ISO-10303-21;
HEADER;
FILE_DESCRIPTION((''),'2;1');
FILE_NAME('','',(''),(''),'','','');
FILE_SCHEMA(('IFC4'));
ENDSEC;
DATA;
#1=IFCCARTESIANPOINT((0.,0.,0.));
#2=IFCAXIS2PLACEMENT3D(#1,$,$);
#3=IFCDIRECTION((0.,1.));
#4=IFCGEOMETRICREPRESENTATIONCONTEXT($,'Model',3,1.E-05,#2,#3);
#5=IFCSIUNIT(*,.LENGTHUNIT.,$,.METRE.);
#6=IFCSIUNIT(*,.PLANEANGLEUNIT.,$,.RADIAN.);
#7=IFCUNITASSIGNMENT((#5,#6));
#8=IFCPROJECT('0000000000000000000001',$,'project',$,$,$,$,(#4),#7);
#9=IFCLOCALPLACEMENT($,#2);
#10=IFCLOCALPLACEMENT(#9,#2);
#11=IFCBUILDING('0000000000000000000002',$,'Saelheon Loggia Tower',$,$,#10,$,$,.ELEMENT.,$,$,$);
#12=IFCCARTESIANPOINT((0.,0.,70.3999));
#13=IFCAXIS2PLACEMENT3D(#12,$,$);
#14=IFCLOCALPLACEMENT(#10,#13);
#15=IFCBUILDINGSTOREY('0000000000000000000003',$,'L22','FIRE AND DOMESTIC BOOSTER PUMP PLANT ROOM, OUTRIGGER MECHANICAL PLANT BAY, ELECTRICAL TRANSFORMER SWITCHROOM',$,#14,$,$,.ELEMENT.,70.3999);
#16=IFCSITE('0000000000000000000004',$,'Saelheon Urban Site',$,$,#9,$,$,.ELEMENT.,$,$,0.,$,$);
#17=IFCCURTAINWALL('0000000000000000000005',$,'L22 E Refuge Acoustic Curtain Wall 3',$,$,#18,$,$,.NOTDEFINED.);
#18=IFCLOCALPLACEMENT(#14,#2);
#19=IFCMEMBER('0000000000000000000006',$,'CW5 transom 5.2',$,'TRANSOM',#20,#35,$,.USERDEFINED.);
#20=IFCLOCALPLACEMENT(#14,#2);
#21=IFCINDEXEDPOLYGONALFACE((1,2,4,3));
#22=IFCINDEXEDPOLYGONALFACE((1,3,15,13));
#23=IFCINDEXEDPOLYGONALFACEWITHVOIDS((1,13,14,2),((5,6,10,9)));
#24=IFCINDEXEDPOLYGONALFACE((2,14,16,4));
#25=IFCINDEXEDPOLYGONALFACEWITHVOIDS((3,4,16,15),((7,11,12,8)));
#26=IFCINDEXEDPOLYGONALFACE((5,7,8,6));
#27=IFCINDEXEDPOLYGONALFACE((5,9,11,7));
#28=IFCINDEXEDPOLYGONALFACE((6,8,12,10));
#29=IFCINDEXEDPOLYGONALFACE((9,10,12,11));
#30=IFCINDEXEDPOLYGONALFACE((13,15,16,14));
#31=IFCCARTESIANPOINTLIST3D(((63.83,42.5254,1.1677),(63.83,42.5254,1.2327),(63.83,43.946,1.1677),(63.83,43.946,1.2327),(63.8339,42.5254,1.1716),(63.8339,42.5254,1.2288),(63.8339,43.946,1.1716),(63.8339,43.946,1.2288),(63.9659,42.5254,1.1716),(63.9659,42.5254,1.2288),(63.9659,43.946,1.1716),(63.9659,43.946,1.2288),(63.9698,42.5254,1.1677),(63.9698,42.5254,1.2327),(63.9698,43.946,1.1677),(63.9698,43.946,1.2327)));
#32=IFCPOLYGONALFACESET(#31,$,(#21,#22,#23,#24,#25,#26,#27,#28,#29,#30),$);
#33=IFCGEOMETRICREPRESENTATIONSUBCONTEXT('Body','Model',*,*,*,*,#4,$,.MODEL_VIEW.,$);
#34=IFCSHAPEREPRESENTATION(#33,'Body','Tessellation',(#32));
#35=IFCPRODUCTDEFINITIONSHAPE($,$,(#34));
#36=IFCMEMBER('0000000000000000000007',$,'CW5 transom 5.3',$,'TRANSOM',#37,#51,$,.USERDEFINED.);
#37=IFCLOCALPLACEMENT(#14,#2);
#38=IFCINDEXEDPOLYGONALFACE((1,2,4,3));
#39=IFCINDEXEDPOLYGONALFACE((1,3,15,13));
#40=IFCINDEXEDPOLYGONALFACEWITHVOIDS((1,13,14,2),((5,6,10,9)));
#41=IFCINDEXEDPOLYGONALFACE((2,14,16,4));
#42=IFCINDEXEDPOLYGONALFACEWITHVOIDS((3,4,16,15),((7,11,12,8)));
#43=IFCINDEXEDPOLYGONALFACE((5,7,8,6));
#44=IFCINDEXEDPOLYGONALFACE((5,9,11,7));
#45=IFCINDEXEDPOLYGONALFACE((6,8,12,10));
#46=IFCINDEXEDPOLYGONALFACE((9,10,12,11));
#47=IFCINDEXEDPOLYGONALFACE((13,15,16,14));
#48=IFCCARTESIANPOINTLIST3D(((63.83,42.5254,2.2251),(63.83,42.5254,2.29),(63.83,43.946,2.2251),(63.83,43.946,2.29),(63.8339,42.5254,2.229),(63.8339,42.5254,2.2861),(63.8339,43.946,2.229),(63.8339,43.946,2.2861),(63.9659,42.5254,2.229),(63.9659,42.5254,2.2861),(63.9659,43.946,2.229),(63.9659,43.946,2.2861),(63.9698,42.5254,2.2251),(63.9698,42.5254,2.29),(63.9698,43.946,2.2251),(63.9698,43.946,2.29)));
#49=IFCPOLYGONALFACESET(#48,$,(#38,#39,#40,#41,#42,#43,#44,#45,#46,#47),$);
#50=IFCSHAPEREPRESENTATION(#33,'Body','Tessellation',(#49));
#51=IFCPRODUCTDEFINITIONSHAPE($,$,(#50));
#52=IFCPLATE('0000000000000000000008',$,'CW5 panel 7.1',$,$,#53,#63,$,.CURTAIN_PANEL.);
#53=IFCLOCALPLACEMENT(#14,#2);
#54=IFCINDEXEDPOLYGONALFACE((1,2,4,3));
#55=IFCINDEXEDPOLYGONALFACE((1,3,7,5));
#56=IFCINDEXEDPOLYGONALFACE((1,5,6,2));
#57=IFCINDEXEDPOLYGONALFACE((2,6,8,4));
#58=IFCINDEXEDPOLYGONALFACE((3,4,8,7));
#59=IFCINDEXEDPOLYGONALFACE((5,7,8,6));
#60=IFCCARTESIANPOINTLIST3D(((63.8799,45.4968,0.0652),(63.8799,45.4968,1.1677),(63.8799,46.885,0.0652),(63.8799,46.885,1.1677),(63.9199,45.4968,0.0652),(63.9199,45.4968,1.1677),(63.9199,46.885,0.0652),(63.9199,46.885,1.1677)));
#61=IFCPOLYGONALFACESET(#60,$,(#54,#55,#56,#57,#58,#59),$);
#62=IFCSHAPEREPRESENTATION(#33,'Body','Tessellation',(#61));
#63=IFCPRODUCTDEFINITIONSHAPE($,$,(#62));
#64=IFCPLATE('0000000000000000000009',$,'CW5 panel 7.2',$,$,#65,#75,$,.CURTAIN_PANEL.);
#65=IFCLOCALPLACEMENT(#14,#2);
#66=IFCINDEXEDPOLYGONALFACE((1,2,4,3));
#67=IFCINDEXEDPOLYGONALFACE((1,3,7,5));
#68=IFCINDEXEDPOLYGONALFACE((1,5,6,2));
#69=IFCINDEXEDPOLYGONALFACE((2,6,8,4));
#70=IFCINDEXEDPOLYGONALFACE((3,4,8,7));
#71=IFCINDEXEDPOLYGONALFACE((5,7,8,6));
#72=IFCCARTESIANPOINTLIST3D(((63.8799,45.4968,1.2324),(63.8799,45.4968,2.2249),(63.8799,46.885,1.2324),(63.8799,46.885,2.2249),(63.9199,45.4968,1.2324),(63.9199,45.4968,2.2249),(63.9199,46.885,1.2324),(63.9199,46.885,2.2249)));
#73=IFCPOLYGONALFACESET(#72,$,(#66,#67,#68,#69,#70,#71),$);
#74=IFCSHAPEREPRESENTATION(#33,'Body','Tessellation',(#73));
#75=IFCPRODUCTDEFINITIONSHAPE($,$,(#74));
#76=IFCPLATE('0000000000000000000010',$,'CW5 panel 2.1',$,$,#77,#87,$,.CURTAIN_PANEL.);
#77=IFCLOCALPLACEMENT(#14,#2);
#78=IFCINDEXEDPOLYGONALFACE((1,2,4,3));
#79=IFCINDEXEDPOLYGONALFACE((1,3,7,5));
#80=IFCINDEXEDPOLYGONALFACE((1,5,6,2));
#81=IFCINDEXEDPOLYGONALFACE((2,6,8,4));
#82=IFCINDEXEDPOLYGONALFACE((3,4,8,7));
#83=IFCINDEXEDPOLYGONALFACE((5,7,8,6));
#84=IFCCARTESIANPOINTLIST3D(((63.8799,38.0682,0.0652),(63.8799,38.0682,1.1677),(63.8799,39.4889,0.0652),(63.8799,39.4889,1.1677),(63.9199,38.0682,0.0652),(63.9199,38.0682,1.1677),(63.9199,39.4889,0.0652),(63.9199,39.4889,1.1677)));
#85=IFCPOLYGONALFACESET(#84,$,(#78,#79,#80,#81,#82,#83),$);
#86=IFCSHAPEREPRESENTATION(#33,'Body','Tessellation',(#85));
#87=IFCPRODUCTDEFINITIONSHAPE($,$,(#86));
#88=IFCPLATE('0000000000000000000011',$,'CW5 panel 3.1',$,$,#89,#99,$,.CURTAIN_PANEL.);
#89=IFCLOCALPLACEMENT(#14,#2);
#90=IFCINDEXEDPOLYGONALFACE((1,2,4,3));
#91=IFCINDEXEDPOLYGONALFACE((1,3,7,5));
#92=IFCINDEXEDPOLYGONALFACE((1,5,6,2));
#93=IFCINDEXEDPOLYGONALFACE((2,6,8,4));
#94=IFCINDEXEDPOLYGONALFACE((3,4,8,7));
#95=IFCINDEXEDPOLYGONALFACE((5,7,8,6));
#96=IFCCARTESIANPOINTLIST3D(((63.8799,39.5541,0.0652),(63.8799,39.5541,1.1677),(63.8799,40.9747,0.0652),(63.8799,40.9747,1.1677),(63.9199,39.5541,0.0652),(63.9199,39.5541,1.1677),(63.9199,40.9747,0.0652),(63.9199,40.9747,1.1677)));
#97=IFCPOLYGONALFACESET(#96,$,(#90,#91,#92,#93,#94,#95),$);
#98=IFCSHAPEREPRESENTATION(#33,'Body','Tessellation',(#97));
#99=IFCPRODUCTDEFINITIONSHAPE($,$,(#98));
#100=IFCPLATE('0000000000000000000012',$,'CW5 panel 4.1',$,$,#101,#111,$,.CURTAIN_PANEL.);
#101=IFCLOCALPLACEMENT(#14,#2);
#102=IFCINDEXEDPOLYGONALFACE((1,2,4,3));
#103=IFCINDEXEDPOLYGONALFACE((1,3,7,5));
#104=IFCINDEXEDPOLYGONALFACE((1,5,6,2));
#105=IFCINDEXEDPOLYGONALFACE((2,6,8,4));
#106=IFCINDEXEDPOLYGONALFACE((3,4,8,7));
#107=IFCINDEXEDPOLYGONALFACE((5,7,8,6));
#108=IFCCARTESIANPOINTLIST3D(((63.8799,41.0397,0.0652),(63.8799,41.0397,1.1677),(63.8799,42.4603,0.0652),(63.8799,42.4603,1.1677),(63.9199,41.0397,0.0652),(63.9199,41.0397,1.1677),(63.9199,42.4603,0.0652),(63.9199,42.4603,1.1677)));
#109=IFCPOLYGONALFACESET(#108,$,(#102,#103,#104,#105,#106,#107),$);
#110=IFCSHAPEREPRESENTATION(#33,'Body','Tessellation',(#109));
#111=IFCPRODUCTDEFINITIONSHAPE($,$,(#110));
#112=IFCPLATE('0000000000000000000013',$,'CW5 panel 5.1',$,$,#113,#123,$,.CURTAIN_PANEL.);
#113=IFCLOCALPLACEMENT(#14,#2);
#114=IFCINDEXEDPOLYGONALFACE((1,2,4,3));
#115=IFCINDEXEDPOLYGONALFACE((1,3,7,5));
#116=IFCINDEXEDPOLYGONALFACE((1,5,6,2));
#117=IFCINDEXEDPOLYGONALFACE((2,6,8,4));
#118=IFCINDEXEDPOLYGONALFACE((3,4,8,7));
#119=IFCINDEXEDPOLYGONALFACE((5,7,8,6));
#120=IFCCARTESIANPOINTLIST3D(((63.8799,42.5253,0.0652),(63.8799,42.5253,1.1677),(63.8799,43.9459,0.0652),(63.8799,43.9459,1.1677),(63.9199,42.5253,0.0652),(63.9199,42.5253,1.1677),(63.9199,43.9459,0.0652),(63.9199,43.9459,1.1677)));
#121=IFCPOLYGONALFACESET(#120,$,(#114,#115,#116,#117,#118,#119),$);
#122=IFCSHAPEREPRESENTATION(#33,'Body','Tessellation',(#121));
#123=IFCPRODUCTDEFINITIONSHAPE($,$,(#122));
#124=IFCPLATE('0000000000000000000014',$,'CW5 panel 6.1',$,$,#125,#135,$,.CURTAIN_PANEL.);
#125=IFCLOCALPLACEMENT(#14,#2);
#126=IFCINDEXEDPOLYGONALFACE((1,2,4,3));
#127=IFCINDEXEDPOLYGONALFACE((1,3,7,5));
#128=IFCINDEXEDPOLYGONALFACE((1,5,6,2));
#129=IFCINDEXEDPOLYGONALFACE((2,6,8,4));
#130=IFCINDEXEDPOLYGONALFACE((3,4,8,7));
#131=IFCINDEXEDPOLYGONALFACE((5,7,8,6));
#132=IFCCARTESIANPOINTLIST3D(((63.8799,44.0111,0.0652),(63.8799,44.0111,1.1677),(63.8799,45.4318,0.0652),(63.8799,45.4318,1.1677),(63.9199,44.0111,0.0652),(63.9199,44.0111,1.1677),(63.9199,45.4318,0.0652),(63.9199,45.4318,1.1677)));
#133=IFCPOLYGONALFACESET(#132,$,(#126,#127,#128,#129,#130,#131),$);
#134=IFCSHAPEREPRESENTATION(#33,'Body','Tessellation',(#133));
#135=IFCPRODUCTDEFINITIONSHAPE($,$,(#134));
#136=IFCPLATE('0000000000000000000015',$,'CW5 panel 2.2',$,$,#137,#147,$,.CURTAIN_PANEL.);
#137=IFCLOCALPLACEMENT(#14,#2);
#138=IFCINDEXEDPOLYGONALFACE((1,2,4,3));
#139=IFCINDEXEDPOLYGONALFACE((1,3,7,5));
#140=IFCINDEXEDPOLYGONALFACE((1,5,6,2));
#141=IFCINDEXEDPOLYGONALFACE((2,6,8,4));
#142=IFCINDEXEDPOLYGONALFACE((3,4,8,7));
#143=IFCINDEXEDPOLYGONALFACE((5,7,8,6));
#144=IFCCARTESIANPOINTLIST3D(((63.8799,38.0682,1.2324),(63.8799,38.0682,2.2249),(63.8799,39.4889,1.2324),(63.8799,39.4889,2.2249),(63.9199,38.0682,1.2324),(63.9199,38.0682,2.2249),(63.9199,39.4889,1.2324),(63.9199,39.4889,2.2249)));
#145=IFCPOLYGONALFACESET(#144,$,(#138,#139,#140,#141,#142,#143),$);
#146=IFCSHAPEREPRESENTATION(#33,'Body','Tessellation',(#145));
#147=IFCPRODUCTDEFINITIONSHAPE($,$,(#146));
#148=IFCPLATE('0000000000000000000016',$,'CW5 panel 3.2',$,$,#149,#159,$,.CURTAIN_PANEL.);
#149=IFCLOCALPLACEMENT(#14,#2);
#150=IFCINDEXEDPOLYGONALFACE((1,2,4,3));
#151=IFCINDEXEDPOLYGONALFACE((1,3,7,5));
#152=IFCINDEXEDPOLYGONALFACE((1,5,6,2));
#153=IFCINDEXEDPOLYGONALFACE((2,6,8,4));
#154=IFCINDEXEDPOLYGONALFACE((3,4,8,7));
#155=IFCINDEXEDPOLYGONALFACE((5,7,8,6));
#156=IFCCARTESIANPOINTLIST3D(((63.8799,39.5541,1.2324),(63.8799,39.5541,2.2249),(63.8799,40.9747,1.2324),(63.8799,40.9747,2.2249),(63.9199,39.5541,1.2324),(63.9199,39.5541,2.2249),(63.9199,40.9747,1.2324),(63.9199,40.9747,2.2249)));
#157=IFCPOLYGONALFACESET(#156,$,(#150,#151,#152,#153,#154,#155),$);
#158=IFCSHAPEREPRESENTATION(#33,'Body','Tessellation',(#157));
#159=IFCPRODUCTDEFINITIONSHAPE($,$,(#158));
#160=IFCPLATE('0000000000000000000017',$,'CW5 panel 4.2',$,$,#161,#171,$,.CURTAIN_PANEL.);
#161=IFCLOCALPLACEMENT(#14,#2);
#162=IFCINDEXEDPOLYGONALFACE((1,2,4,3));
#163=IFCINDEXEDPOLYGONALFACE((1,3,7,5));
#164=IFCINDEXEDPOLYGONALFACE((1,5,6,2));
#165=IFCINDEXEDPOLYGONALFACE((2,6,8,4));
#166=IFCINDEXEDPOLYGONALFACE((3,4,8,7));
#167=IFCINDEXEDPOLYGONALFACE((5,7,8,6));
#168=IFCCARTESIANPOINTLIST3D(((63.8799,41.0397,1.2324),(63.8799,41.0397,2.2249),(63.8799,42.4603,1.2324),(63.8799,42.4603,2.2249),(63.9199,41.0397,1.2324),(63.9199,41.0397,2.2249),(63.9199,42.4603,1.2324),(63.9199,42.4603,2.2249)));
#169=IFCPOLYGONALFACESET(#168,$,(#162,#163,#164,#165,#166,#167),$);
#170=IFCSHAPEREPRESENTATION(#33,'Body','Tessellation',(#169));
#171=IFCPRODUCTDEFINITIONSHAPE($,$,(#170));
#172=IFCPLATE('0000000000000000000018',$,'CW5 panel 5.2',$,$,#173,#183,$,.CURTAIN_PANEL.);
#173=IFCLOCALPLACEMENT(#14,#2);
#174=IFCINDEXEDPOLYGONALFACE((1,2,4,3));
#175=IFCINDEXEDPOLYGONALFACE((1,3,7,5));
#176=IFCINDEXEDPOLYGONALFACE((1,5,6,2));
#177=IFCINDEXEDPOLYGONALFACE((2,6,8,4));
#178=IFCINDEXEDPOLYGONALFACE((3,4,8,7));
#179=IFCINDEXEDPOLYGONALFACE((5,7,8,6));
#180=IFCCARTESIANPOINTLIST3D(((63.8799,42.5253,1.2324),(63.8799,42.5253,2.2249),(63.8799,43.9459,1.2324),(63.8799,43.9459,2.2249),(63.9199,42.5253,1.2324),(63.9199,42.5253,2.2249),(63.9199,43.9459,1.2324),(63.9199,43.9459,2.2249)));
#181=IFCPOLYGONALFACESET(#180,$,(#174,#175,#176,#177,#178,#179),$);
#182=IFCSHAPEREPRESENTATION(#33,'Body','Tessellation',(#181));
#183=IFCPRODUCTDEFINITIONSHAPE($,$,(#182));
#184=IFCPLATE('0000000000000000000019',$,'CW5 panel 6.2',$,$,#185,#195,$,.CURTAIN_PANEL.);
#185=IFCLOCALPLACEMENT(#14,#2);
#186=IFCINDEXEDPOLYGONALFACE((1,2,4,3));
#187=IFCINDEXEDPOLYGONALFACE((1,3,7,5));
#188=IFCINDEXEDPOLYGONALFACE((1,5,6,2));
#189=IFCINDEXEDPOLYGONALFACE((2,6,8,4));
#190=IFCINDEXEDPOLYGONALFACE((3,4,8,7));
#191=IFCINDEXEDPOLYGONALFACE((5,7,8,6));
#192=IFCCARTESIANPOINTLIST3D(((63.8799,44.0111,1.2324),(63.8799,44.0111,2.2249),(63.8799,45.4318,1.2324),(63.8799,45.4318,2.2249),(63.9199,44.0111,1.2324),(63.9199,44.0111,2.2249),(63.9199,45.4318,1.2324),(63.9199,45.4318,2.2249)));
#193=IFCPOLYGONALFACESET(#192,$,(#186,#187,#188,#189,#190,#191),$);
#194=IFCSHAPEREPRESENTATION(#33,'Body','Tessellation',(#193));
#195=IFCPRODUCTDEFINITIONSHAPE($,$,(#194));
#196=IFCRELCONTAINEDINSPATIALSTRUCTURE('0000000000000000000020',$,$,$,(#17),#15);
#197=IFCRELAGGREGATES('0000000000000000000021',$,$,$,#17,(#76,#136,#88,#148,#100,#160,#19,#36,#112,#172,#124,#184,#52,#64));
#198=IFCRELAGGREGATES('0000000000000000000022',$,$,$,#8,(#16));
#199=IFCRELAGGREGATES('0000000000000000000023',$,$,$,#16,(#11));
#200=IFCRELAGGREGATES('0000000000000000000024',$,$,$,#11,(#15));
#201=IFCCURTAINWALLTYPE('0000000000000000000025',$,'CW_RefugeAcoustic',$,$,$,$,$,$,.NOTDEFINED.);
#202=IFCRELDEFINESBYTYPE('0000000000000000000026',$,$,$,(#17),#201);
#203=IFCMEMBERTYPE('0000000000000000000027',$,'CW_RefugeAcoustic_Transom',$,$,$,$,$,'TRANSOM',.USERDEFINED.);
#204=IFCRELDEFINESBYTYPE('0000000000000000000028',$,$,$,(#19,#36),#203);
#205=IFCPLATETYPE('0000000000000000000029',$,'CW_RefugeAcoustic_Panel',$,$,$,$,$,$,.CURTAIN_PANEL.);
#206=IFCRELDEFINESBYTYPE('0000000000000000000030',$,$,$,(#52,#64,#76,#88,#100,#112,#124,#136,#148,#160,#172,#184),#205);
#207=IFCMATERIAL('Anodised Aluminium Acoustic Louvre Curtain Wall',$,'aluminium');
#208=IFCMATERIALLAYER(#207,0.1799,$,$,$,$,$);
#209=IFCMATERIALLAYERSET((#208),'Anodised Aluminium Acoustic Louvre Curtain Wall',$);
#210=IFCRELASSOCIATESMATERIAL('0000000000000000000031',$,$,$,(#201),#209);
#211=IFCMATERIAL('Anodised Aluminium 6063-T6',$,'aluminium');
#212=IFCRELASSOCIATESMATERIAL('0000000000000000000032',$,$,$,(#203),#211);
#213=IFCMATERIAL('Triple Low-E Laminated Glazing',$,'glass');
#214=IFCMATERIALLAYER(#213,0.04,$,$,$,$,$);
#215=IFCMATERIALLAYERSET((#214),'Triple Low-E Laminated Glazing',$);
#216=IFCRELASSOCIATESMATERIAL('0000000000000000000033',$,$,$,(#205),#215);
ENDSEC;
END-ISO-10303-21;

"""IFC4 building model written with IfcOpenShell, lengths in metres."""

from ifc_helpers import new_model, si_unit, direction, frame, origin, origin_2d, place, context, subcontext, project, spatial, rectangle, hollow_rectangle, extrude, source, transform, mapped, material, layer, layer_set, material_profile, profile_set, type_object, element, aggregate, save


model = new_model("IFC4")

# Units and contexts
model_context = context("Model", 3, precision=1e-05, world=origin(), true_north=direction((0.0, 1.0)))
body_context = subcontext(model_context, "Body", "Model", "MODEL_VIEW")
ifc_project = project(units=[si_unit("LENGTHUNIT", "METRE"), si_unit("PLANEANGLEUNIT", "RADIAN")], contexts=[model_context])

# Site, building, storey
site_placement = place(None, origin())
site = spatial("IfcSite", under=ifc_project, at=site_placement, Name="Saelheon Urban Site", CompositionType="ELEMENT", RefElevation=0.0)
building_placement = place(site_placement, origin())
building = spatial("IfcBuilding", under=site, at=building_placement, Name="Saelheon Loggia Tower", CompositionType="ELEMENT")
storey_placement = place(building_placement, frame((0.0, 0.0, 70.3999)))
storey = spatial("IfcBuildingStorey", under=building, at=storey_placement, Name="L22", Description="FIRE AND DOMESTIC BOOSTER PUMP PLANT ROOM, OUTRIGGER MECHANICAL PLANT BAY, ELECTRICAL TRANSFORMER SWITCHROOM", CompositionType="ELEMENT", Elevation=70.3999)

# Curtain wall, members, plates
ifc_material_1 = material(Name="Anodised Aluminium Acoustic Louvre Curtain Wall", Category="aluminium")
ifc_layer_1 = layer(ifc_material_1, 0.1799)
ifc_layer_set_1 = layer_set([ifc_layer_1], Name="Anodised Aluminium Acoustic Louvre Curtain Wall")
curtain_wall_type = type_object("IfcCurtainWallType", Name="CW_RefugeAcoustic", PredefinedType="NOTDEFINED", material=ifc_layer_set_1)
curtain_wall_placement = place(storey_placement, origin())
curtain_wall = element("IfcCurtainWall", 1, at=curtain_wall_placement, inside=storey, type_object=curtain_wall_type, Name="L22 E Refuge Acoustic Curtain Wall 3", PredefinedType="NOTDEFINED")
ifc_material_2 = material(Name="Anodised Aluminium 6063-T6", Category="aluminium")
ifc_material_profile_1 = material_profile(ifc_material_2, hollow_rectangle(XDim=0.0649, YDim=0.1399, WallThickness=0.0039, at=origin_2d()), Name="RHS-140x65x4")
ifc_profile_set_1 = profile_set([ifc_material_profile_1], Name="Anodised Aluminium 6063-T6")
member_type_1 = type_object("IfcMemberType", Name="CW_RefugeAcoustic_Transom", ElementType="TRANSOM", PredefinedType="USERDEFINED", material=ifc_profile_set_1)
shared_shape_1 = source(origin(), body_context, "Body", "SweptSolid", [
    extrude(hollow_rectangle(XDim=0.0649, YDim=0.1399, WallThickness=0.0039, at=origin_2d()), origin(), (0.0, 0.0, 1.0), 1.4207),
])
member_1_placement = place(storey_placement, frame((63.8999, 42.5254, 1.2002), z_axis=(0.0, 1.0, 0.0), x_axis=(0.0, 0.0, 1.0)))
member_1 = element("IfcMember", 2, at=member_1_placement, type_object=member_type_1, Name="CW5 transom 5.2", ObjectType="TRANSOM", PredefinedType="USERDEFINED", context=body_context, shape_type="MappedRepresentation", body=[
    mapped(shared_shape_1, transform((0.0, 0.0, 0.0), scale=1.0)),
])
member_2_placement = place(storey_placement, frame((63.8999, 42.5254, 2.2576), z_axis=(0.0, 1.0, 0.0), x_axis=(0.0, 0.0, 1.0)))
member_2 = element("IfcMember", 3, at=member_2_placement, type_object=member_type_1, Name="CW5 transom 5.3", ObjectType="TRANSOM", PredefinedType="USERDEFINED", context=body_context, shape_type="MappedRepresentation", body=[
    mapped(shared_shape_1, transform((0.0, 0.0, 0.0), scale=1.0)),
])
ifc_material_3 = material(Name="Triple Low-E Laminated Glazing", Category="glass")
ifc_layer_2 = layer(ifc_material_3, 0.04)
ifc_layer_set_2 = layer_set([ifc_layer_2], Name="Triple Low-E Laminated Glazing")
plate_type = type_object("IfcPlateType", Name="CW_RefugeAcoustic_Panel", PredefinedType="CURTAIN_PANEL", material=ifc_layer_set_2)
shared_shape_2 = source(origin(), body_context, "Body", "SweptSolid", [
    extrude(rectangle(XDim=1.3882, YDim=0.04, at=origin_2d()), origin(), (0.0, 0.0, 1.0), 1.1025),
])
plate_1_placement = place(storey_placement, frame((63.8999, 46.1909, 0.0652), z_axis=(0.0, 0.0, 1.0), x_axis=(0.0, 1.0, 0.0)))
plate_1 = element("IfcPlate", 4, at=plate_1_placement, type_object=plate_type, Name="CW5 panel 7.1", PredefinedType="CURTAIN_PANEL", context=body_context, shape_type="MappedRepresentation", body=[
    mapped(shared_shape_2, transform((0.0, 0.0, 0.0), scale=1.0)),
])
shared_shape_3 = source(origin(), body_context, "Body", "SweptSolid", [
    extrude(rectangle(XDim=1.3882, YDim=0.04, at=origin_2d()), origin(), (0.0, 0.0, 1.0), 0.9924),
])
plate_2_placement = place(storey_placement, frame((63.8999, 46.1909, 1.2324), z_axis=(0.0, 0.0, 1.0), x_axis=(0.0, 1.0, 0.0)))
plate_2 = element("IfcPlate", 5, at=plate_2_placement, type_object=plate_type, Name="CW5 panel 7.2", PredefinedType="CURTAIN_PANEL", context=body_context, shape_type="MappedRepresentation", body=[
    mapped(shared_shape_3, transform((0.0, 0.0, 0.0), scale=1.0)),
])
shared_shape_4 = source(origin(), body_context, "Body", "SweptSolid", [
    extrude(rectangle(XDim=1.4207, YDim=0.04, at=origin_2d()), origin(), (0.0, 0.0, 1.0), 1.1025),
])
plate_3_placement = place(storey_placement, frame((63.8999, 38.7786, 0.0652), z_axis=(0.0, 0.0, 1.0), x_axis=(0.0, 1.0, 0.0)))
plate_3 = element("IfcPlate", 6, at=plate_3_placement, type_object=plate_type, Name="CW5 panel 2.1", PredefinedType="CURTAIN_PANEL", context=body_context, shape_type="MappedRepresentation", body=[
    mapped(shared_shape_4, transform((0.0, 0.0, 0.0), scale=1.0)),
])
plate_4_placement = place(storey_placement, frame((63.8999, 40.2644, 0.0652), z_axis=(0.0, 0.0, 1.0), x_axis=(0.0, 1.0, 0.0)))
plate_4 = element("IfcPlate", 7, at=plate_4_placement, type_object=plate_type, Name="CW5 panel 3.1", PredefinedType="CURTAIN_PANEL", context=body_context, shape_type="MappedRepresentation", body=[
    mapped(shared_shape_4, transform((0.0, 0.0, 0.0), scale=1.0)),
])
plate_5_placement = place(storey_placement, frame((63.8999, 41.75, 0.0652), z_axis=(0.0, 0.0, 1.0), x_axis=(0.0, 1.0, 0.0)))
plate_5 = element("IfcPlate", 8, at=plate_5_placement, type_object=plate_type, Name="CW5 panel 4.1", PredefinedType="CURTAIN_PANEL", context=body_context, shape_type="MappedRepresentation", body=[
    mapped(shared_shape_4, transform((0.0, 0.0, 0.0), scale=1.0)),
])
plate_6_placement = place(storey_placement, frame((63.8999, 43.2356, 0.0652), z_axis=(0.0, 0.0, 1.0), x_axis=(0.0, 1.0, 0.0)))
plate_6 = element("IfcPlate", 9, at=plate_6_placement, type_object=plate_type, Name="CW5 panel 5.1", PredefinedType="CURTAIN_PANEL", context=body_context, shape_type="MappedRepresentation", body=[
    mapped(shared_shape_4, transform((0.0, 0.0, 0.0), scale=1.0)),
])
plate_7_placement = place(storey_placement, frame((63.8999, 44.7214, 0.0652), z_axis=(0.0, 0.0, 1.0), x_axis=(0.0, 1.0, 0.0)))
plate_7 = element("IfcPlate", 10, at=plate_7_placement, type_object=plate_type, Name="CW5 panel 6.1", PredefinedType="CURTAIN_PANEL", context=body_context, shape_type="MappedRepresentation", body=[
    mapped(shared_shape_4, transform((0.0, 0.0, 0.0), scale=1.0)),
])
shared_shape_5 = source(origin(), body_context, "Body", "SweptSolid", [
    extrude(rectangle(XDim=1.4207, YDim=0.04, at=origin_2d()), origin(), (0.0, 0.0, 1.0), 0.9924),
])
plate_8_placement = place(storey_placement, frame((63.8999, 38.7786, 1.2324), z_axis=(0.0, 0.0, 1.0), x_axis=(0.0, 1.0, 0.0)))
plate_8 = element("IfcPlate", 11, at=plate_8_placement, type_object=plate_type, Name="CW5 panel 2.2", PredefinedType="CURTAIN_PANEL", context=body_context, shape_type="MappedRepresentation", body=[
    mapped(shared_shape_5, transform((0.0, 0.0, 0.0), scale=1.0)),
])
plate_9_placement = place(storey_placement, frame((63.8999, 40.2644, 1.2324), z_axis=(0.0, 0.0, 1.0), x_axis=(0.0, 1.0, 0.0)))
plate_9 = element("IfcPlate", 12, at=plate_9_placement, type_object=plate_type, Name="CW5 panel 3.2", PredefinedType="CURTAIN_PANEL", context=body_context, shape_type="MappedRepresentation", body=[
    mapped(shared_shape_5, transform((0.0, 0.0, 0.0), scale=1.0)),
])
plate_10_placement = place(storey_placement, frame((63.8999, 41.75, 1.2324), z_axis=(0.0, 0.0, 1.0), x_axis=(0.0, 1.0, 0.0)))
plate_10 = element("IfcPlate", 13, at=plate_10_placement, type_object=plate_type, Name="CW5 panel 4.2", PredefinedType="CURTAIN_PANEL", context=body_context, shape_type="MappedRepresentation", body=[
    mapped(shared_shape_5, transform((0.0, 0.0, 0.0), scale=1.0)),
])
plate_11_placement = place(storey_placement, frame((63.8999, 43.2356, 1.2324), z_axis=(0.0, 0.0, 1.0), x_axis=(0.0, 1.0, 0.0)))
plate_11 = element("IfcPlate", 14, at=plate_11_placement, type_object=plate_type, Name="CW5 panel 5.2", PredefinedType="CURTAIN_PANEL", context=body_context, shape_type="MappedRepresentation", body=[
    mapped(shared_shape_5, transform((0.0, 0.0, 0.0), scale=1.0)),
])
plate_12_placement = place(storey_placement, frame((63.8999, 44.7214, 1.2324), z_axis=(0.0, 0.0, 1.0), x_axis=(0.0, 1.0, 0.0)))
plate_12 = element("IfcPlate", 15, at=plate_12_placement, type_object=plate_type, Name="CW5 panel 6.2", PredefinedType="CURTAIN_PANEL", context=body_context, shape_type="MappedRepresentation", body=[
    mapped(shared_shape_5, transform((0.0, 0.0, 0.0), scale=1.0)),
])
aggregate(curtain_wall, [plate_3, plate_8, plate_4, plate_9, plate_5, plate_10, member_1, member_2, plate_6, plate_11, plate_7, plate_12, plate_1, plate_2])

save(model, "model.ifc")
